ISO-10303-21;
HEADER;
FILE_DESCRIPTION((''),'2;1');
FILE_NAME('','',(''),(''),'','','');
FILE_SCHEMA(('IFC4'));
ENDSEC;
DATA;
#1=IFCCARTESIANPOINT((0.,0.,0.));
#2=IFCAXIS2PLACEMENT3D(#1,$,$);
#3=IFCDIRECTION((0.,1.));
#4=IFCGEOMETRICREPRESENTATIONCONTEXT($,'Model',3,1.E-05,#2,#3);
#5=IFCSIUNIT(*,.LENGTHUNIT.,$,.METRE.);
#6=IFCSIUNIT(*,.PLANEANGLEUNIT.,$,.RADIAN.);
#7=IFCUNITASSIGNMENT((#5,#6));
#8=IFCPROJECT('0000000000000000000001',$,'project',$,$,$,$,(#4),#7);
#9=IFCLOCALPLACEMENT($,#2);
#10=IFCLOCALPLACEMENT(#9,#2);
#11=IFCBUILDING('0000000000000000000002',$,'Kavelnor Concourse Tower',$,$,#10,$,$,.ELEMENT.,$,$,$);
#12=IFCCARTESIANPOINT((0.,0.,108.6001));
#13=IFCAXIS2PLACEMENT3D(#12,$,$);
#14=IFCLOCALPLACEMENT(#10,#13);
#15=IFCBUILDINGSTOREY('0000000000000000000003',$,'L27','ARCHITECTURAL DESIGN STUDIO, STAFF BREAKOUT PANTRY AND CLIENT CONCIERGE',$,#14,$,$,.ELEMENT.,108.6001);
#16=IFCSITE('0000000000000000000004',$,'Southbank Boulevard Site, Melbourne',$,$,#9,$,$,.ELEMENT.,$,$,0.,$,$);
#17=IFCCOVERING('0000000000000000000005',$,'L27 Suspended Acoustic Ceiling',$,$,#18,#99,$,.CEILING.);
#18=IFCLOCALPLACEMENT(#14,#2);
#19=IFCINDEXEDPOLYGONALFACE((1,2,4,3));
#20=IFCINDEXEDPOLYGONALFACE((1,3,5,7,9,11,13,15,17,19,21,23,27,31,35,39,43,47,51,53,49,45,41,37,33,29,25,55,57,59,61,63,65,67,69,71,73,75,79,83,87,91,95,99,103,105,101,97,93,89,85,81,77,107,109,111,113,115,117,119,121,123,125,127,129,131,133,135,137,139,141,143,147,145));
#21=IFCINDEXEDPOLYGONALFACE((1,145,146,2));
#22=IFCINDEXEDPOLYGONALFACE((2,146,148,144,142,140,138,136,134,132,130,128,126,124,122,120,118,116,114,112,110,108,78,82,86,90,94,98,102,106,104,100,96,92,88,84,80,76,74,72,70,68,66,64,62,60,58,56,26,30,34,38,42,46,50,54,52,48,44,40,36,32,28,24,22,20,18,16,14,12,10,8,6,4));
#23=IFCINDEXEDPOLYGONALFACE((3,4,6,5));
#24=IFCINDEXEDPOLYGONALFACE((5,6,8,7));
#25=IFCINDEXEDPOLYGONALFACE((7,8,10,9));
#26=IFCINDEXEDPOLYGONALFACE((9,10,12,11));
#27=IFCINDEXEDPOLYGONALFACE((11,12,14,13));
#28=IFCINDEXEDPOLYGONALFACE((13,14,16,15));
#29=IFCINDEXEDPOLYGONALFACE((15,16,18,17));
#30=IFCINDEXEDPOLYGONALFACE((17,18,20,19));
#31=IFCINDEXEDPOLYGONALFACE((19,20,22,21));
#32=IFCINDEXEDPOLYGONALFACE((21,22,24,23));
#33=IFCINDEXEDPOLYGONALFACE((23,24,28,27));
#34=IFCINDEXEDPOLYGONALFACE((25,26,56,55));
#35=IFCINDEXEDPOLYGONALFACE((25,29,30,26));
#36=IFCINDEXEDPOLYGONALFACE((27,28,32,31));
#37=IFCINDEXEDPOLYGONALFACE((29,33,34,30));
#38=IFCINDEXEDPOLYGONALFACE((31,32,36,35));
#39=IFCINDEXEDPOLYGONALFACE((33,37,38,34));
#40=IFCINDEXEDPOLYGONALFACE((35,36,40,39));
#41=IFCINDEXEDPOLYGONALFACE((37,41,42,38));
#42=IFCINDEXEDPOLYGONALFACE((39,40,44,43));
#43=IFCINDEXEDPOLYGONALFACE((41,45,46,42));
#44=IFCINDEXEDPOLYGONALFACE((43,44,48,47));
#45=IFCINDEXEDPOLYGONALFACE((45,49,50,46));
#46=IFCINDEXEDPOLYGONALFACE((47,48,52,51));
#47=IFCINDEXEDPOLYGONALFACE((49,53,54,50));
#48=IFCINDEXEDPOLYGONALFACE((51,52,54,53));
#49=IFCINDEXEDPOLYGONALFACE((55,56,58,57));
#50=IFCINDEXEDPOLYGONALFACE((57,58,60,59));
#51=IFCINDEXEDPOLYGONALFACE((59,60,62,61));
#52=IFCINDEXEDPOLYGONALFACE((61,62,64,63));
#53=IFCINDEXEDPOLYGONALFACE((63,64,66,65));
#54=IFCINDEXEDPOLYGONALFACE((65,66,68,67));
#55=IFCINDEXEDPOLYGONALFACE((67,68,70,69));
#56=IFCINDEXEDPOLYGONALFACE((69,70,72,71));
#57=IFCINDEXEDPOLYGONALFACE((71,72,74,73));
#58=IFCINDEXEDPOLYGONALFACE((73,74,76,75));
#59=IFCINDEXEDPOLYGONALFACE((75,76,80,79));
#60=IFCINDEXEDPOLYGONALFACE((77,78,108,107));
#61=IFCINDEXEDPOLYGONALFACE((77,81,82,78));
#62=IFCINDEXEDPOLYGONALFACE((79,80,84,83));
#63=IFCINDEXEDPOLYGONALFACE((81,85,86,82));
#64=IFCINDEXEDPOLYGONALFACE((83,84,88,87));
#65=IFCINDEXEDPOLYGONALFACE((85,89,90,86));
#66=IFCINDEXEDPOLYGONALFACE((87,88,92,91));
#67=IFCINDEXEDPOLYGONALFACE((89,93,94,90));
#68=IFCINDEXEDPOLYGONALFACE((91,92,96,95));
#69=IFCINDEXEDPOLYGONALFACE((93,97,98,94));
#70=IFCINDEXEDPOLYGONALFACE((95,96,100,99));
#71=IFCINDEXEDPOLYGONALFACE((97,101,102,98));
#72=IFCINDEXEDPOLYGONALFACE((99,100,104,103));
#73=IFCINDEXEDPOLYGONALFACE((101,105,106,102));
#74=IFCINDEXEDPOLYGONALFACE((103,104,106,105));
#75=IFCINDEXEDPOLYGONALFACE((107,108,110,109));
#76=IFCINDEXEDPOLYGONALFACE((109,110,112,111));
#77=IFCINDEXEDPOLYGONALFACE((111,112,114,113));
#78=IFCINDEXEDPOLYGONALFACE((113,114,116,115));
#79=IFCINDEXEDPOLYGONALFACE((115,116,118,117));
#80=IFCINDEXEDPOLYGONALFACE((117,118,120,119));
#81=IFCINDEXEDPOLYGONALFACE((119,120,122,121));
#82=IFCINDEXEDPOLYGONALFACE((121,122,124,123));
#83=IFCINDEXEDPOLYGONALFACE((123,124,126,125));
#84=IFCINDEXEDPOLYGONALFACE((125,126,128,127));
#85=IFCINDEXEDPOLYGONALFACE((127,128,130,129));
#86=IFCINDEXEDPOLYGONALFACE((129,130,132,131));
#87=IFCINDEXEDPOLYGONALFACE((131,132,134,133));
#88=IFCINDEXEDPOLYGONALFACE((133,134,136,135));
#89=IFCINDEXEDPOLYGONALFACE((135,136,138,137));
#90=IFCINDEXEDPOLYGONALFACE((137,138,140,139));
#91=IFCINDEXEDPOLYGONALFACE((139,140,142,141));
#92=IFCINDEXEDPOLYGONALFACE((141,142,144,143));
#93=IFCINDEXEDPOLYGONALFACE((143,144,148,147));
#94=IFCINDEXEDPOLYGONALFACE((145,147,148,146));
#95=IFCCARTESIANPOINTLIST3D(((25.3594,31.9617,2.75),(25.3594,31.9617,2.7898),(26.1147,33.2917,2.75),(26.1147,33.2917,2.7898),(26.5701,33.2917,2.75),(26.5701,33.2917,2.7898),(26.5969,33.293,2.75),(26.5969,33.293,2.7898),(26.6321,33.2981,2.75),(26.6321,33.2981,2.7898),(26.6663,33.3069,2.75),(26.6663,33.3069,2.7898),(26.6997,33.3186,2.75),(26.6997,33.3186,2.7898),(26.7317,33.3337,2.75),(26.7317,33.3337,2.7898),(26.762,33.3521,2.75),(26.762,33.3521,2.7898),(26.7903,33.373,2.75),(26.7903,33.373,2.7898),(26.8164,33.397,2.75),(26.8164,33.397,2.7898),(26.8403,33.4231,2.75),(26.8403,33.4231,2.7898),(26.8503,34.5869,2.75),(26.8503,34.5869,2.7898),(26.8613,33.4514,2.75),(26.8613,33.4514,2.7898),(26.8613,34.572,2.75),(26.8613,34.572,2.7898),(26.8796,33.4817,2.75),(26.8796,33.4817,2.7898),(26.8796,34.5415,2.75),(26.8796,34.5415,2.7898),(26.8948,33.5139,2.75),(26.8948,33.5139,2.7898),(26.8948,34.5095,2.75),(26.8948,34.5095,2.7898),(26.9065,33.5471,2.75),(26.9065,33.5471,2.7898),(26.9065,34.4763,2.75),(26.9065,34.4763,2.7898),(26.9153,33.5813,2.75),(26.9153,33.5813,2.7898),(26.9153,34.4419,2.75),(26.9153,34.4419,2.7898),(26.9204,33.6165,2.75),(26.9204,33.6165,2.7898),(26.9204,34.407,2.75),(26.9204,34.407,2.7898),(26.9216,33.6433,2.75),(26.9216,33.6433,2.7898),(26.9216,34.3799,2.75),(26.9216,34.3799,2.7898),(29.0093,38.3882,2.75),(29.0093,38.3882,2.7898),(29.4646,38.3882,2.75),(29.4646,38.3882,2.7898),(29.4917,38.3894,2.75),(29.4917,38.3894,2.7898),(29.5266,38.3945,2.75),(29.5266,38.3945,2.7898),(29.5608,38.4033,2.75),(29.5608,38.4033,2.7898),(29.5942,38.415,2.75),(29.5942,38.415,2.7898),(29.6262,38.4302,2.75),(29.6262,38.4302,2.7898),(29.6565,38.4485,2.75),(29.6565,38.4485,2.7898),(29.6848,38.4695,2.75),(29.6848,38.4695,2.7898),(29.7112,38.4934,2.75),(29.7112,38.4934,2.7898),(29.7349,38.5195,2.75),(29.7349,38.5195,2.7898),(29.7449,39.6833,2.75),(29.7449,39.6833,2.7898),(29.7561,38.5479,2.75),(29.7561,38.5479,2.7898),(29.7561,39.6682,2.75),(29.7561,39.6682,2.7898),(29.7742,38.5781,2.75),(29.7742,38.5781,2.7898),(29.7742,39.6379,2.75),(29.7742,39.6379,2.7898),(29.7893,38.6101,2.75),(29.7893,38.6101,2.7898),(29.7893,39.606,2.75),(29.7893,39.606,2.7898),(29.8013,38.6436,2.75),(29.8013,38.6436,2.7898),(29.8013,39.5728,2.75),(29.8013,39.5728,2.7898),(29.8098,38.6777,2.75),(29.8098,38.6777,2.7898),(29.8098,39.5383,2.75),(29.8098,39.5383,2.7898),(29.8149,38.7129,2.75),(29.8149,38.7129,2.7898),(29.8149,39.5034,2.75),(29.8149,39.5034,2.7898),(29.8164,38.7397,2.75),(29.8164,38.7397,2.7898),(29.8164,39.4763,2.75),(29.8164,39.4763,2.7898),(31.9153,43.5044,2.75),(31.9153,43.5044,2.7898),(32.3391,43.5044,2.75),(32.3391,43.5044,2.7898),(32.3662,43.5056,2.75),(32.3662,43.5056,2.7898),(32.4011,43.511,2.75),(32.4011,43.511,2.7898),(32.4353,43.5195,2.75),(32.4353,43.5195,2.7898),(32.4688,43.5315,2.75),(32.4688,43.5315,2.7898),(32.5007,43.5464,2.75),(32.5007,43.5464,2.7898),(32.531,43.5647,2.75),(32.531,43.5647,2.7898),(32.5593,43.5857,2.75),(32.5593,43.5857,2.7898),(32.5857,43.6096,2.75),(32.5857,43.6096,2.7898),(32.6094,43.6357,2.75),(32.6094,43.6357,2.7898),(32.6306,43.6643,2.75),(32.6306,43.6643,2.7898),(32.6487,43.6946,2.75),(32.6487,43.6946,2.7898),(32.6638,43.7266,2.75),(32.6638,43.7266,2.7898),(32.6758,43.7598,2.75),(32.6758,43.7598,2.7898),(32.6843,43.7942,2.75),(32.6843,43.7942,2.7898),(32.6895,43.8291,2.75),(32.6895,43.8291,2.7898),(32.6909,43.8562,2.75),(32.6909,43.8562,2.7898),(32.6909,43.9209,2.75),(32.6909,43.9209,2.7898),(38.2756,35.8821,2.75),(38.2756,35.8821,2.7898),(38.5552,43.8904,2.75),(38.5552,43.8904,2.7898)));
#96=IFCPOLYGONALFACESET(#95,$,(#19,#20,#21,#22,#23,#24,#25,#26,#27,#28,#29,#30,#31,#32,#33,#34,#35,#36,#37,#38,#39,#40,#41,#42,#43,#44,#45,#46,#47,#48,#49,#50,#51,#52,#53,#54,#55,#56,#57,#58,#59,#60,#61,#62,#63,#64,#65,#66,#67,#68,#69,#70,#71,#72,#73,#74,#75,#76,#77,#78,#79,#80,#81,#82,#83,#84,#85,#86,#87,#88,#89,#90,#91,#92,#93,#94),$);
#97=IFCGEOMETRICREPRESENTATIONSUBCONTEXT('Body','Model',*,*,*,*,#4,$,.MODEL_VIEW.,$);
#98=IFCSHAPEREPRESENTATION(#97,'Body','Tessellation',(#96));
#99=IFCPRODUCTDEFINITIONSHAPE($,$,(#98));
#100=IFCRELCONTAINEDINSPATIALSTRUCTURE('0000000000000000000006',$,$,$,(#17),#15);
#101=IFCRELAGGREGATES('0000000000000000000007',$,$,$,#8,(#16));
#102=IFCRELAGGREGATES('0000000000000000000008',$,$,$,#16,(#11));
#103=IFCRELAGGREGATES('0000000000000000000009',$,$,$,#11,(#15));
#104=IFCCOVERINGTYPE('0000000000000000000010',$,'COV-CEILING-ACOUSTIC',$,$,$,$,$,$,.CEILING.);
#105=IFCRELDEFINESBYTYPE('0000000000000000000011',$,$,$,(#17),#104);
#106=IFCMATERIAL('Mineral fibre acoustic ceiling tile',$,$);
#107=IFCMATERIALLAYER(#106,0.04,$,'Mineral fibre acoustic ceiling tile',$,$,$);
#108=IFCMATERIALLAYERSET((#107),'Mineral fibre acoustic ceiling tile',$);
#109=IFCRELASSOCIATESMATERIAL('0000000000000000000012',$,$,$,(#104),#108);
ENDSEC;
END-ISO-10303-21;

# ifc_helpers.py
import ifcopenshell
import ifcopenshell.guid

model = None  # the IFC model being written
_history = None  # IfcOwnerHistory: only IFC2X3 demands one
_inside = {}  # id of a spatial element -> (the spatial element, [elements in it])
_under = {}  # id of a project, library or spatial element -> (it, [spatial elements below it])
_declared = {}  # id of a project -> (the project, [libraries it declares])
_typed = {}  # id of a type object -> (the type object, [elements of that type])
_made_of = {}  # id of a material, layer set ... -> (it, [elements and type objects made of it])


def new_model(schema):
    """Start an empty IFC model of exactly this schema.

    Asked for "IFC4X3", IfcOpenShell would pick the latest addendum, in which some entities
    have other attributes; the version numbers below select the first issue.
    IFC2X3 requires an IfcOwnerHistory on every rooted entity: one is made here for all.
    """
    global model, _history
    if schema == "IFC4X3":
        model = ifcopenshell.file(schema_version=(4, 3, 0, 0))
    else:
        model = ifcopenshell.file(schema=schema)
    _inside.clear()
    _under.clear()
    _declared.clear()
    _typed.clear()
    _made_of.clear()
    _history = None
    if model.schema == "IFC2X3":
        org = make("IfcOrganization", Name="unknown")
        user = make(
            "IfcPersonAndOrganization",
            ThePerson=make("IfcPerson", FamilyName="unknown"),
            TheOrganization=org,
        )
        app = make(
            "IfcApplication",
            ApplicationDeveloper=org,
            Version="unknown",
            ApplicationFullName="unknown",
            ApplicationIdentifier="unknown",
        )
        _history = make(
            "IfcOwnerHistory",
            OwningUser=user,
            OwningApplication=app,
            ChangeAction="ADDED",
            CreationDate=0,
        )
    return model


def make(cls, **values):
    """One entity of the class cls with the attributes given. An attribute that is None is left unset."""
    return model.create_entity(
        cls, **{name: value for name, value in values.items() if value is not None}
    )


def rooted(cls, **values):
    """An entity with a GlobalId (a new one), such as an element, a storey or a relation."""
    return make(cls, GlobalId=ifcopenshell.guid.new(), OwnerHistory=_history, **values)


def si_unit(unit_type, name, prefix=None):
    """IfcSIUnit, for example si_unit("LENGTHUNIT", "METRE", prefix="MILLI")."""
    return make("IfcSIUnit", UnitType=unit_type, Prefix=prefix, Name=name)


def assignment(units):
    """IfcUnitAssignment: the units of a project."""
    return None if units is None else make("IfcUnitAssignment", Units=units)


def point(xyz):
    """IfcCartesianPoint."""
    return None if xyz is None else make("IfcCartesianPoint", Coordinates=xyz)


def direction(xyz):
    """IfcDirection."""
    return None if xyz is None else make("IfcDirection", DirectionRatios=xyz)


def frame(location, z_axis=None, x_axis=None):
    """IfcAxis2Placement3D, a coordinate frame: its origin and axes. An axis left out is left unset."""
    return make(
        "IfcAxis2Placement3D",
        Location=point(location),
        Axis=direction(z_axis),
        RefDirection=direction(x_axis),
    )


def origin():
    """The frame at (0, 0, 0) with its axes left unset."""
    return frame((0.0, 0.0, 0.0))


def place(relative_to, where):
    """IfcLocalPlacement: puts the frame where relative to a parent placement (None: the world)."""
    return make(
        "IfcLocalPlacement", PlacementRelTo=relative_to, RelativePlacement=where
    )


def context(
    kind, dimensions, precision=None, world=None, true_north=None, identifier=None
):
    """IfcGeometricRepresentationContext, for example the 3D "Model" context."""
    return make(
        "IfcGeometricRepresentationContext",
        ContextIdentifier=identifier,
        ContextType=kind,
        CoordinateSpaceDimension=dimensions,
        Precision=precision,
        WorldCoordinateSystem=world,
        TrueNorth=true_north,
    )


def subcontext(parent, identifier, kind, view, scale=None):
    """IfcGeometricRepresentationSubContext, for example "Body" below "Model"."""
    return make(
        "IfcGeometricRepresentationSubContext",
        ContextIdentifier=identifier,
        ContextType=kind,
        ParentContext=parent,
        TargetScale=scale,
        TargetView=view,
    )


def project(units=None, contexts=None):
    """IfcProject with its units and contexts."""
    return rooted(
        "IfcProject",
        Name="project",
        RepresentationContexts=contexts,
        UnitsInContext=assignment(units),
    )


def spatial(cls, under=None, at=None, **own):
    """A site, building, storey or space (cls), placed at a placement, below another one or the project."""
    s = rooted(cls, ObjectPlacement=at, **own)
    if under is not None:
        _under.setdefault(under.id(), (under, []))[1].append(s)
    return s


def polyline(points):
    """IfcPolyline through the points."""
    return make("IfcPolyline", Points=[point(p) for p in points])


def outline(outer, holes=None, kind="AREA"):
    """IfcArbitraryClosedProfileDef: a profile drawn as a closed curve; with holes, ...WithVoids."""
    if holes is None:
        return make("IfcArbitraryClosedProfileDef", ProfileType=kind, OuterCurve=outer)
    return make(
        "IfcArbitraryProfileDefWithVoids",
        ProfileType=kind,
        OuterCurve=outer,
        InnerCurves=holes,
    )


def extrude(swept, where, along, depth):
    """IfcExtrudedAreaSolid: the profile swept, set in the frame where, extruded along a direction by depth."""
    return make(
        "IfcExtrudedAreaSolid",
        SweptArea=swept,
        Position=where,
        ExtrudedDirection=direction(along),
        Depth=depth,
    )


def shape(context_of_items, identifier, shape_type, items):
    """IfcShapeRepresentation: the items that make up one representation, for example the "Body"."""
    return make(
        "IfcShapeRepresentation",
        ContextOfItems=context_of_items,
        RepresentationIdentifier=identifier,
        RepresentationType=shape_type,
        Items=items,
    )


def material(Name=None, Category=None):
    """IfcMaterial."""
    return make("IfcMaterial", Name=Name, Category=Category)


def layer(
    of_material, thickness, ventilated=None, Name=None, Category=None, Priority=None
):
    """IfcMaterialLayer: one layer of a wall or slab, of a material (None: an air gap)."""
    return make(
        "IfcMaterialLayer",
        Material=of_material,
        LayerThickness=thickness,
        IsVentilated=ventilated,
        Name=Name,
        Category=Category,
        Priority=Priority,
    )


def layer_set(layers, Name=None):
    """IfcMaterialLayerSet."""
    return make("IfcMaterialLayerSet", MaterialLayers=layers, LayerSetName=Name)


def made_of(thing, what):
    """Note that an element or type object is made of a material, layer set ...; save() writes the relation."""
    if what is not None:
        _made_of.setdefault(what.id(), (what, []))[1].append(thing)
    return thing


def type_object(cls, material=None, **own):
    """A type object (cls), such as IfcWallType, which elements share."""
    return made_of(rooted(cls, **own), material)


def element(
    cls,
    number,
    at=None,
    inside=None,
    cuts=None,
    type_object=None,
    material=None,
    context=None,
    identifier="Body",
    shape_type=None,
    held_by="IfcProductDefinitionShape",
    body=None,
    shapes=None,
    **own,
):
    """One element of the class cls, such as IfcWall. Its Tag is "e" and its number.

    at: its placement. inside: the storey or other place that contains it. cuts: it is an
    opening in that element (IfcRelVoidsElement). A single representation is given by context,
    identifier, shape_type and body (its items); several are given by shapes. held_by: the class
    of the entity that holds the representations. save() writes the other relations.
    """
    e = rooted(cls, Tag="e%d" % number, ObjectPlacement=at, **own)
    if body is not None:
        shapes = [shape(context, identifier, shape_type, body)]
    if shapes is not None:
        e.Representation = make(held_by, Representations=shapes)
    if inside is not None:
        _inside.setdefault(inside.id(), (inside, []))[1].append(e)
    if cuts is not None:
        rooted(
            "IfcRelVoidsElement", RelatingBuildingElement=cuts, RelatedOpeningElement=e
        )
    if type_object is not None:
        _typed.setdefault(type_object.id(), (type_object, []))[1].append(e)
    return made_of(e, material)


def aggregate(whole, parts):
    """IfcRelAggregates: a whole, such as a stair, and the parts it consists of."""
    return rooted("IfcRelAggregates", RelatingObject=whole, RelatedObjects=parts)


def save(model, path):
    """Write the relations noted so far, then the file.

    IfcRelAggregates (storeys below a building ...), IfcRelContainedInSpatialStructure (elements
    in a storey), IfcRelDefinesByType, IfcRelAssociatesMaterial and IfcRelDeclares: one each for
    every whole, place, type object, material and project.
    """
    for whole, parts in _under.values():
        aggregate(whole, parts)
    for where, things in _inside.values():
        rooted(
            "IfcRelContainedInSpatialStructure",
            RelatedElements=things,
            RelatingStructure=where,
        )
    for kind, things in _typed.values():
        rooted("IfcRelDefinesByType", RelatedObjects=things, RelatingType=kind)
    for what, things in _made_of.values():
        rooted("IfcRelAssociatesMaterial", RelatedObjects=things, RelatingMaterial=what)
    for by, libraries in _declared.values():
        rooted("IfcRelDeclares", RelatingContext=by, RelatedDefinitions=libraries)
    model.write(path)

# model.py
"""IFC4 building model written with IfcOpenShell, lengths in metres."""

from ifc_helpers import new_model, si_unit, direction, frame, origin, place, context, subcontext, project, spatial, polyline, outline, extrude, material, layer, layer_set, type_object, element, save


model = new_model("IFC4")

# Units and contexts
model_context = context("Model", 3, precision=1e-05, world=origin(), true_north=direction((0.0, 1.0)))
body_context = subcontext(model_context, "Body", "Model", "MODEL_VIEW")
ifc_project = project(units=[si_unit("LENGTHUNIT", "METRE"), si_unit("PLANEANGLEUNIT", "RADIAN")], contexts=[model_context])

# Site, building, storey
site_placement = place(None, origin())
site = spatial("IfcSite", under=ifc_project, at=site_placement, Name="Southbank Boulevard Site, Melbourne", CompositionType="ELEMENT", RefElevation=0.0)
building_placement = place(site_placement, origin())
building = spatial("IfcBuilding", under=site, at=building_placement, Name="Kavelnor Concourse Tower", CompositionType="ELEMENT")
storey_placement = place(building_placement, frame((0.0, 0.0, 108.6001)))
storey = spatial("IfcBuildingStorey", under=building, at=storey_placement, Name="L27", Description="ARCHITECTURAL DESIGN STUDIO, STAFF BREAKOUT PANTRY AND CLIENT CONCIERGE", CompositionType="ELEMENT", Elevation=108.6001)

# Covering
ifc_material_1 = material(Name="Mineral fibre acoustic ceiling tile")
ifc_layer_1 = layer(ifc_material_1, 0.04, Name="Mineral fibre acoustic ceiling tile")
ifc_layer_set_1 = layer_set([ifc_layer_1], Name="Mineral fibre acoustic ceiling tile")
covering_type_1 = type_object("IfcCoveringType", Name="COV-CEILING-ACOUSTIC", PredefinedType="CEILING", material=ifc_layer_set_1)
covering_1_placement = place(storey_placement, frame((0.0, 0.0, 2.75)))
element("IfcCovering", 1, at=covering_1_placement, inside=storey, type_object=covering_type_1, Name="L27 Suspended Acoustic Ceiling", PredefinedType="CEILING", context=body_context, shape_type="SweptSolid", body=[
    extrude(outline(polyline([(26.5701, 33.2917), (26.5969, 33.293), (26.6321, 33.2981), (26.6663, 33.3069), (26.6997, 33.3186), (26.7317, 33.3337), (26.762, 33.3521), (26.7903, 33.373), (26.8164, 33.397), (26.8403, 33.4231), (26.8613, 33.4514), (26.8796, 33.4817), (26.8948, 33.5139), (26.9065, 33.5471), (26.9153, 33.5813), (26.9204, 33.6165), (26.9216, 33.6433), (26.9216, 34.3799), (26.9204, 34.407), (26.9153, 34.4419), (26.9065, 34.4763), (26.8948, 34.5095), (26.8796, 34.5415), (26.8613, 34.572), (26.8503, 34.5869), (29.0093, 38.3882), (29.4646, 38.3882), (29.4917, 38.3894), (29.5266, 38.3945), (29.5608, 38.4033), (29.5942, 38.415), (29.6262, 38.4302), (29.6565, 38.4485), (29.6848, 38.4695), (29.7112, 38.4934), (29.7349, 38.5195), (29.7561, 38.5479), (29.7742, 38.5781), (29.7893, 38.6101), (29.8013, 38.6436), (29.8098, 38.6777), (29.8149, 38.7129), (29.8164, 38.7397), (29.8164, 39.4763), (29.8149, 39.5034), (29.8098, 39.5383), (29.8013, 39.5728), (29.7893, 39.606), (29.7742, 39.6379), (29.7561, 39.6682), (29.7449, 39.6833), (31.9153, 43.5044), (32.3391, 43.5044), (32.3662, 43.5056), (32.4011, 43.511), (32.4353, 43.5195), (32.4688, 43.5315), (32.5007, 43.5464), (32.531, 43.5647), (32.5593, 43.5857), (32.5857, 43.6096), (32.6094, 43.6357), (32.6306, 43.6643), (32.6487, 43.6946), (32.6638, 43.7266), (32.6758, 43.7598), (32.6843, 43.7942), (32.6895, 43.8291), (32.6909, 43.8562), (32.6909, 43.9209), (38.5552, 43.8904), (38.2756, 35.8821), (25.3594, 31.9617), (26.1147, 33.2917), (26.5701, 33.2917)])), origin(), (0.0, 0.0, 1.0), 0.0398),
])

save(model, "model.ifc")
